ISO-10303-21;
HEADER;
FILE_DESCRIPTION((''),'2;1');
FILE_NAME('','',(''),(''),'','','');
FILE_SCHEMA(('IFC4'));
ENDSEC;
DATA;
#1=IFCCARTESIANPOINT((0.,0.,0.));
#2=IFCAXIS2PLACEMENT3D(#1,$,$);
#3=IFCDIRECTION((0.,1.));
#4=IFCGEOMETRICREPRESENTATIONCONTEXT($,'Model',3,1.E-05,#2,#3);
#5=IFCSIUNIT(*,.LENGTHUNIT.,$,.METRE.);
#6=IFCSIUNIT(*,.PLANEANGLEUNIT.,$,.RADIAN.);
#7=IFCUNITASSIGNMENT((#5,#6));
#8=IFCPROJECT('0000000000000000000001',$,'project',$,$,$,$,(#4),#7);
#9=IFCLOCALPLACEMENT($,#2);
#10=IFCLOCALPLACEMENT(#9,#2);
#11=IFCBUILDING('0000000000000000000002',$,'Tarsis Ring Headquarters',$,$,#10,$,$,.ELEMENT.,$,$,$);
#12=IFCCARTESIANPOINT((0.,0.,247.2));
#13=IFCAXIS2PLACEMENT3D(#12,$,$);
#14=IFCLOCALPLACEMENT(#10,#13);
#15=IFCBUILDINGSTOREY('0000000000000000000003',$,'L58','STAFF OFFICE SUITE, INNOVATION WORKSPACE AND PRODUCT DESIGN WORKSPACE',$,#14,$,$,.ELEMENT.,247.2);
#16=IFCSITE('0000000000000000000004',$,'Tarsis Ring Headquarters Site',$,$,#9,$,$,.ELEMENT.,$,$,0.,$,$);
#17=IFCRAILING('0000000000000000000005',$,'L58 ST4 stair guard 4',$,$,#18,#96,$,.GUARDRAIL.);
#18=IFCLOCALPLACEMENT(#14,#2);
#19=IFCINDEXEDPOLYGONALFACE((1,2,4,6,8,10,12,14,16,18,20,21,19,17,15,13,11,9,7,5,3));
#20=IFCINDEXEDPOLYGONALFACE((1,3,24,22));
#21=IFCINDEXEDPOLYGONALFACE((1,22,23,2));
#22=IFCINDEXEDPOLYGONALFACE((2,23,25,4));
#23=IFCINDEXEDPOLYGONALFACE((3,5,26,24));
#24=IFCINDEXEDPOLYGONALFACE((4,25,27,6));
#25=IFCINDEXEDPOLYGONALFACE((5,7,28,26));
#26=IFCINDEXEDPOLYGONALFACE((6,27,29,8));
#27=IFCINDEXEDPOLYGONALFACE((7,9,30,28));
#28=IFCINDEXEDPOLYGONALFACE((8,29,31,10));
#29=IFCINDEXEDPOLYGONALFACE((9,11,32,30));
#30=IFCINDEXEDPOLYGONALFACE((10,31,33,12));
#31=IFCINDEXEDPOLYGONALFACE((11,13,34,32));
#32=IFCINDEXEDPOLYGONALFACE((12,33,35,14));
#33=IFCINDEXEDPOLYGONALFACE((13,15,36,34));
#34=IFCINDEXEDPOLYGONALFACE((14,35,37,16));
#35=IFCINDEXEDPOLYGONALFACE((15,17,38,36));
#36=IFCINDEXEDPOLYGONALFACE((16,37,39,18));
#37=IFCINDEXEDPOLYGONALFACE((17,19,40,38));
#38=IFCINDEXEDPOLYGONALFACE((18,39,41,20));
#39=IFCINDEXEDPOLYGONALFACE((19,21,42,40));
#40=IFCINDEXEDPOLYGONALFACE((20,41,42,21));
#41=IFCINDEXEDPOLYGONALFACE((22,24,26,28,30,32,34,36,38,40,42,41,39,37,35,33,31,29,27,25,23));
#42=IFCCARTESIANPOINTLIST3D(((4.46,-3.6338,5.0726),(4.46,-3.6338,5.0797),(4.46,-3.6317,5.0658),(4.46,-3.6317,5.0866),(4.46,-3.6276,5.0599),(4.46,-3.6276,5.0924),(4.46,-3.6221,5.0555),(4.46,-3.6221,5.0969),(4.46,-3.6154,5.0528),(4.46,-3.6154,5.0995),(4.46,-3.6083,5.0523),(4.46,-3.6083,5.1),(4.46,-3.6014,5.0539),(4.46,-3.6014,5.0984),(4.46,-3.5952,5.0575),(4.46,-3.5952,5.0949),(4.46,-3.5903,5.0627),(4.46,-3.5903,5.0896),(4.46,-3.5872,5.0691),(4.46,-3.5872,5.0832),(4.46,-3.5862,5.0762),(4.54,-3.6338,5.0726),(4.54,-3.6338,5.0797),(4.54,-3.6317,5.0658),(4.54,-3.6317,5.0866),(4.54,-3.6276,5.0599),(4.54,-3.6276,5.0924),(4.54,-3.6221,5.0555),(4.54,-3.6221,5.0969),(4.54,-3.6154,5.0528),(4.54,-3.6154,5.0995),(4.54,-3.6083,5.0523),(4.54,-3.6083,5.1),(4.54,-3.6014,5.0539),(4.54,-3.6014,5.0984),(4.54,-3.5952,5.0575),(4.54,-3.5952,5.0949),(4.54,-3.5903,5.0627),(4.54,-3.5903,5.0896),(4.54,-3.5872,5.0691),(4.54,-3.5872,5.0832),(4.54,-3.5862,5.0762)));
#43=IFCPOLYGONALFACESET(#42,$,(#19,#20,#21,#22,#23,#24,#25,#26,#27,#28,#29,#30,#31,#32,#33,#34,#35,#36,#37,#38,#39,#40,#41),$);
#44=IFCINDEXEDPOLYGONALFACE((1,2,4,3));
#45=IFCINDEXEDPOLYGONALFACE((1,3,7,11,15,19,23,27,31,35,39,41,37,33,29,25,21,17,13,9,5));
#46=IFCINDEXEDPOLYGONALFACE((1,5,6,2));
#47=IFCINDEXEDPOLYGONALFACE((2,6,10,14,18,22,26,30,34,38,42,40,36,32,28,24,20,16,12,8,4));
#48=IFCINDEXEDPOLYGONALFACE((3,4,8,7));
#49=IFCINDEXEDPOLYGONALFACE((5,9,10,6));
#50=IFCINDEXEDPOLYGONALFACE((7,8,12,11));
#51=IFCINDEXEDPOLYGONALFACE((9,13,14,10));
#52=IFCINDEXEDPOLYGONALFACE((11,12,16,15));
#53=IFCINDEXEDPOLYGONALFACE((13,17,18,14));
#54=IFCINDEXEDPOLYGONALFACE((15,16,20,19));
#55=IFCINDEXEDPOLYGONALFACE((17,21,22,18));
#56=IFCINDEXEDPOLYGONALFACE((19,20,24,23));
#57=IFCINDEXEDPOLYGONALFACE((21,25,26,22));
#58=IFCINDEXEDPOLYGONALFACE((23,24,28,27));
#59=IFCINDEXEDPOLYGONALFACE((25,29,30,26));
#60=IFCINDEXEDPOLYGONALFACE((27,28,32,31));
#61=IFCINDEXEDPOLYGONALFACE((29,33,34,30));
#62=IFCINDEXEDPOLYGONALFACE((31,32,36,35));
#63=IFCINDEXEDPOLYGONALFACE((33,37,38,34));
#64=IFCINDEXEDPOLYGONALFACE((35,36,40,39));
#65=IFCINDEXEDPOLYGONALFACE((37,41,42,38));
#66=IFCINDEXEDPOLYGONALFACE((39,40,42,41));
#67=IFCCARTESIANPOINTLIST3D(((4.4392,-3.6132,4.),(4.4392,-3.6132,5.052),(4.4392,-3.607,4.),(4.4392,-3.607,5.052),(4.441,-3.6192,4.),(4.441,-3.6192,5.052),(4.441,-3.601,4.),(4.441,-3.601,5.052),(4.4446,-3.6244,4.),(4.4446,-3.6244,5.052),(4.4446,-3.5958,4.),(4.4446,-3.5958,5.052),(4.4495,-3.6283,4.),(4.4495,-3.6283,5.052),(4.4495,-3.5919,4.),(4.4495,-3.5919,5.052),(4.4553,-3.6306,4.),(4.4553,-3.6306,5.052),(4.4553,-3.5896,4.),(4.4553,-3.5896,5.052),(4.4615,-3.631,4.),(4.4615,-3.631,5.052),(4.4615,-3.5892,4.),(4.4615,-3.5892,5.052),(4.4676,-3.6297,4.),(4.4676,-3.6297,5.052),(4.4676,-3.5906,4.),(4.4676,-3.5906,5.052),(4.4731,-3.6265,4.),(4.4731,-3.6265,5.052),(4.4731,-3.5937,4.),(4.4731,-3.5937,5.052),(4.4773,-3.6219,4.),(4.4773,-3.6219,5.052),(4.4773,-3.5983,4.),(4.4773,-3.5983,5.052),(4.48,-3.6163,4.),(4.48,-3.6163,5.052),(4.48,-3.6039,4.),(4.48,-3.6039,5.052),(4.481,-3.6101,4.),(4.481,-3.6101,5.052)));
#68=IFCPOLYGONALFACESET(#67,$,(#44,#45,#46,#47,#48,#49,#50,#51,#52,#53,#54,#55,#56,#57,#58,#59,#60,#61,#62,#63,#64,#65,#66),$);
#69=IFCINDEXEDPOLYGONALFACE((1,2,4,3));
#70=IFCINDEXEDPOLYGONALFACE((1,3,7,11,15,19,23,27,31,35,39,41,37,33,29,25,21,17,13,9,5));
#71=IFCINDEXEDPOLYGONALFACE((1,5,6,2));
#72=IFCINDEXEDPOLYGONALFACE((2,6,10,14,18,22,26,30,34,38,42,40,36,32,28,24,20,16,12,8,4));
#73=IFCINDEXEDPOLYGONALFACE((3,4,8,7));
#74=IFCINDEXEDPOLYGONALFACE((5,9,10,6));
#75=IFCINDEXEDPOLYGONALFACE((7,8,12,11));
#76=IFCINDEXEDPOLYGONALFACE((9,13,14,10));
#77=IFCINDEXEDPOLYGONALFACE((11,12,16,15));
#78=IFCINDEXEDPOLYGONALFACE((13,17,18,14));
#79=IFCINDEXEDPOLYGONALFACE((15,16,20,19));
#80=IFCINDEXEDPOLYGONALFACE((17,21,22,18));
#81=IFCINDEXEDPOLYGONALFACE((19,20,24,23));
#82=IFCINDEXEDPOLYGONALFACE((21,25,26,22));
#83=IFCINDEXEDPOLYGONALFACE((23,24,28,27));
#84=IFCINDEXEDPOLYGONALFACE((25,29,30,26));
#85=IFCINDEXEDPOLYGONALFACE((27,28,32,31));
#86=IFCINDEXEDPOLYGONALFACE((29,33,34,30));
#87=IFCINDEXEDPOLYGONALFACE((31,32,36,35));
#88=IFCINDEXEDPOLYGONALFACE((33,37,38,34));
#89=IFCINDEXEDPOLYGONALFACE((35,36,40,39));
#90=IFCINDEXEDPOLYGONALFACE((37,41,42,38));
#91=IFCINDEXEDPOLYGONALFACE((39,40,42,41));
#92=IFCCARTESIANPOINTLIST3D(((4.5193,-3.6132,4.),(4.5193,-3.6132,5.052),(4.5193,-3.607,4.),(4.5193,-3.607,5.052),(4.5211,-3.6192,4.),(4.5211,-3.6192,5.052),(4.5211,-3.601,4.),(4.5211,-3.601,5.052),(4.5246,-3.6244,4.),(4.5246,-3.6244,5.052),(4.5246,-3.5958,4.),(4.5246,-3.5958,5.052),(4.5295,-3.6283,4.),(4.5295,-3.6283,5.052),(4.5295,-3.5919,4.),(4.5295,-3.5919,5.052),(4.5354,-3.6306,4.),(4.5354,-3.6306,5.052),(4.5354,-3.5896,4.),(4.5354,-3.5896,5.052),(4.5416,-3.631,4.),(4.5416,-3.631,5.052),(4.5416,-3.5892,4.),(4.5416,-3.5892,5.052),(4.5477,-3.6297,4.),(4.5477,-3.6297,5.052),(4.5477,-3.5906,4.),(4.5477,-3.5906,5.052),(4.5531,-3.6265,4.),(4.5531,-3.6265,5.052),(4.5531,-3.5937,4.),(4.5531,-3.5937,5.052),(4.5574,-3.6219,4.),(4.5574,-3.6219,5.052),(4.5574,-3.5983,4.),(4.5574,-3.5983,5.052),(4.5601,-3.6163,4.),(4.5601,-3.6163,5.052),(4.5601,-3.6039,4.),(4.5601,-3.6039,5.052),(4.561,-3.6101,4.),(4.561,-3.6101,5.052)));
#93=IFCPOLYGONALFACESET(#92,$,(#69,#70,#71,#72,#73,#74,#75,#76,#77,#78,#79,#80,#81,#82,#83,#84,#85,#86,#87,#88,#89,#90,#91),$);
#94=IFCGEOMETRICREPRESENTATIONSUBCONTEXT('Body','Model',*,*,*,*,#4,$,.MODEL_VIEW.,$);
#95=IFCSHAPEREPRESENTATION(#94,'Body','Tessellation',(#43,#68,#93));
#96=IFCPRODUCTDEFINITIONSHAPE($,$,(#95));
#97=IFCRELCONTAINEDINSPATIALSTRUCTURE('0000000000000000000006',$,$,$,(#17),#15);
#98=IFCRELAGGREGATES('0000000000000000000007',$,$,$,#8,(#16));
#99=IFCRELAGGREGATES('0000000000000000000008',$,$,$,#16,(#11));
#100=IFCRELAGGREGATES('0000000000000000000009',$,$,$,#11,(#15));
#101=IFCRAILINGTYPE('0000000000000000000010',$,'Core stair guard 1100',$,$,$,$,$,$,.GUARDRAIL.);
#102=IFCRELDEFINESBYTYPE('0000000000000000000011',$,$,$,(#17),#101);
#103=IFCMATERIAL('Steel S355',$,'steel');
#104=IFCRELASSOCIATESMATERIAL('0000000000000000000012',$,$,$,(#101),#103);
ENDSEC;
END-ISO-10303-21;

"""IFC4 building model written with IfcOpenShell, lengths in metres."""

from ifc_helpers import new_model, si_unit, direction, frame, origin, origin_2d, place, context, subcontext, project, spatial, circle, extrude, material, type_object, element, save


model = new_model("IFC4")

# Units and contexts
model_context = context("Model", 3, precision=1e-05, world=origin(), true_north=direction((0.0, 1.0)))
body_context = subcontext(model_context, "Body", "Model", "MODEL_VIEW")
ifc_project = project(units=[si_unit("LENGTHUNIT", "METRE"), si_unit("PLANEANGLEUNIT", "RADIAN")], contexts=[model_context])

# Site, building, storey
site_placement = place(None, origin())
site = spatial("IfcSite", under=ifc_project, at=site_placement, Name="Tarsis Ring Headquarters Site", CompositionType="ELEMENT", RefElevation=0.0)
building_placement = place(site_placement, origin())
building = spatial("IfcBuilding", under=site, at=building_placement, Name="Tarsis Ring Headquarters", CompositionType="ELEMENT")
storey_placement = place(building_placement, frame((0.0, 0.0, 247.2)))
storey = spatial("IfcBuildingStorey", under=building, at=storey_placement, Name="L58", Description="STAFF OFFICE SUITE, INNOVATION WORKSPACE AND PRODUCT DESIGN WORKSPACE", CompositionType="ELEMENT", Elevation=247.2)

# Railing
ifc_material_1 = material(Name="Steel S355", Category="steel")
railing_type_1 = type_object("IfcRailingType", Name="Core stair guard 1100", PredefinedType="GUARDRAIL", material=ifc_material_1)
railing_1_placement = place(storey_placement, frame((4.46, -3.6101, 4.0)))
element("IfcRailing", 1, at=railing_1_placement, inside=storey, type_object=railing_type_1, Name="L58 ST4 stair guard 4", PredefinedType="GUARDRAIL", context=body_context, shape_type="SweptSolid", body=[
    extrude(circle(Radius=0.0239, at=origin_2d()), frame((0.0, 0.0, 1.0762), z_axis=(1.0, 0.0, 0.0), x_axis=(0.0, 1.0, 0.0)), (0.0, 0.0, 1.0), 0.0801),
    extrude(circle(Radius=0.021, at=origin_2d()), origin(), (0.0, 0.0, 1.0), 1.052),
    extrude(circle(Radius=0.021, at=origin_2d()), frame((0.0801, 0.0, 0.0)), (0.0, 0.0, 1.0), 1.052),
])

save(model, "model.ifc")
